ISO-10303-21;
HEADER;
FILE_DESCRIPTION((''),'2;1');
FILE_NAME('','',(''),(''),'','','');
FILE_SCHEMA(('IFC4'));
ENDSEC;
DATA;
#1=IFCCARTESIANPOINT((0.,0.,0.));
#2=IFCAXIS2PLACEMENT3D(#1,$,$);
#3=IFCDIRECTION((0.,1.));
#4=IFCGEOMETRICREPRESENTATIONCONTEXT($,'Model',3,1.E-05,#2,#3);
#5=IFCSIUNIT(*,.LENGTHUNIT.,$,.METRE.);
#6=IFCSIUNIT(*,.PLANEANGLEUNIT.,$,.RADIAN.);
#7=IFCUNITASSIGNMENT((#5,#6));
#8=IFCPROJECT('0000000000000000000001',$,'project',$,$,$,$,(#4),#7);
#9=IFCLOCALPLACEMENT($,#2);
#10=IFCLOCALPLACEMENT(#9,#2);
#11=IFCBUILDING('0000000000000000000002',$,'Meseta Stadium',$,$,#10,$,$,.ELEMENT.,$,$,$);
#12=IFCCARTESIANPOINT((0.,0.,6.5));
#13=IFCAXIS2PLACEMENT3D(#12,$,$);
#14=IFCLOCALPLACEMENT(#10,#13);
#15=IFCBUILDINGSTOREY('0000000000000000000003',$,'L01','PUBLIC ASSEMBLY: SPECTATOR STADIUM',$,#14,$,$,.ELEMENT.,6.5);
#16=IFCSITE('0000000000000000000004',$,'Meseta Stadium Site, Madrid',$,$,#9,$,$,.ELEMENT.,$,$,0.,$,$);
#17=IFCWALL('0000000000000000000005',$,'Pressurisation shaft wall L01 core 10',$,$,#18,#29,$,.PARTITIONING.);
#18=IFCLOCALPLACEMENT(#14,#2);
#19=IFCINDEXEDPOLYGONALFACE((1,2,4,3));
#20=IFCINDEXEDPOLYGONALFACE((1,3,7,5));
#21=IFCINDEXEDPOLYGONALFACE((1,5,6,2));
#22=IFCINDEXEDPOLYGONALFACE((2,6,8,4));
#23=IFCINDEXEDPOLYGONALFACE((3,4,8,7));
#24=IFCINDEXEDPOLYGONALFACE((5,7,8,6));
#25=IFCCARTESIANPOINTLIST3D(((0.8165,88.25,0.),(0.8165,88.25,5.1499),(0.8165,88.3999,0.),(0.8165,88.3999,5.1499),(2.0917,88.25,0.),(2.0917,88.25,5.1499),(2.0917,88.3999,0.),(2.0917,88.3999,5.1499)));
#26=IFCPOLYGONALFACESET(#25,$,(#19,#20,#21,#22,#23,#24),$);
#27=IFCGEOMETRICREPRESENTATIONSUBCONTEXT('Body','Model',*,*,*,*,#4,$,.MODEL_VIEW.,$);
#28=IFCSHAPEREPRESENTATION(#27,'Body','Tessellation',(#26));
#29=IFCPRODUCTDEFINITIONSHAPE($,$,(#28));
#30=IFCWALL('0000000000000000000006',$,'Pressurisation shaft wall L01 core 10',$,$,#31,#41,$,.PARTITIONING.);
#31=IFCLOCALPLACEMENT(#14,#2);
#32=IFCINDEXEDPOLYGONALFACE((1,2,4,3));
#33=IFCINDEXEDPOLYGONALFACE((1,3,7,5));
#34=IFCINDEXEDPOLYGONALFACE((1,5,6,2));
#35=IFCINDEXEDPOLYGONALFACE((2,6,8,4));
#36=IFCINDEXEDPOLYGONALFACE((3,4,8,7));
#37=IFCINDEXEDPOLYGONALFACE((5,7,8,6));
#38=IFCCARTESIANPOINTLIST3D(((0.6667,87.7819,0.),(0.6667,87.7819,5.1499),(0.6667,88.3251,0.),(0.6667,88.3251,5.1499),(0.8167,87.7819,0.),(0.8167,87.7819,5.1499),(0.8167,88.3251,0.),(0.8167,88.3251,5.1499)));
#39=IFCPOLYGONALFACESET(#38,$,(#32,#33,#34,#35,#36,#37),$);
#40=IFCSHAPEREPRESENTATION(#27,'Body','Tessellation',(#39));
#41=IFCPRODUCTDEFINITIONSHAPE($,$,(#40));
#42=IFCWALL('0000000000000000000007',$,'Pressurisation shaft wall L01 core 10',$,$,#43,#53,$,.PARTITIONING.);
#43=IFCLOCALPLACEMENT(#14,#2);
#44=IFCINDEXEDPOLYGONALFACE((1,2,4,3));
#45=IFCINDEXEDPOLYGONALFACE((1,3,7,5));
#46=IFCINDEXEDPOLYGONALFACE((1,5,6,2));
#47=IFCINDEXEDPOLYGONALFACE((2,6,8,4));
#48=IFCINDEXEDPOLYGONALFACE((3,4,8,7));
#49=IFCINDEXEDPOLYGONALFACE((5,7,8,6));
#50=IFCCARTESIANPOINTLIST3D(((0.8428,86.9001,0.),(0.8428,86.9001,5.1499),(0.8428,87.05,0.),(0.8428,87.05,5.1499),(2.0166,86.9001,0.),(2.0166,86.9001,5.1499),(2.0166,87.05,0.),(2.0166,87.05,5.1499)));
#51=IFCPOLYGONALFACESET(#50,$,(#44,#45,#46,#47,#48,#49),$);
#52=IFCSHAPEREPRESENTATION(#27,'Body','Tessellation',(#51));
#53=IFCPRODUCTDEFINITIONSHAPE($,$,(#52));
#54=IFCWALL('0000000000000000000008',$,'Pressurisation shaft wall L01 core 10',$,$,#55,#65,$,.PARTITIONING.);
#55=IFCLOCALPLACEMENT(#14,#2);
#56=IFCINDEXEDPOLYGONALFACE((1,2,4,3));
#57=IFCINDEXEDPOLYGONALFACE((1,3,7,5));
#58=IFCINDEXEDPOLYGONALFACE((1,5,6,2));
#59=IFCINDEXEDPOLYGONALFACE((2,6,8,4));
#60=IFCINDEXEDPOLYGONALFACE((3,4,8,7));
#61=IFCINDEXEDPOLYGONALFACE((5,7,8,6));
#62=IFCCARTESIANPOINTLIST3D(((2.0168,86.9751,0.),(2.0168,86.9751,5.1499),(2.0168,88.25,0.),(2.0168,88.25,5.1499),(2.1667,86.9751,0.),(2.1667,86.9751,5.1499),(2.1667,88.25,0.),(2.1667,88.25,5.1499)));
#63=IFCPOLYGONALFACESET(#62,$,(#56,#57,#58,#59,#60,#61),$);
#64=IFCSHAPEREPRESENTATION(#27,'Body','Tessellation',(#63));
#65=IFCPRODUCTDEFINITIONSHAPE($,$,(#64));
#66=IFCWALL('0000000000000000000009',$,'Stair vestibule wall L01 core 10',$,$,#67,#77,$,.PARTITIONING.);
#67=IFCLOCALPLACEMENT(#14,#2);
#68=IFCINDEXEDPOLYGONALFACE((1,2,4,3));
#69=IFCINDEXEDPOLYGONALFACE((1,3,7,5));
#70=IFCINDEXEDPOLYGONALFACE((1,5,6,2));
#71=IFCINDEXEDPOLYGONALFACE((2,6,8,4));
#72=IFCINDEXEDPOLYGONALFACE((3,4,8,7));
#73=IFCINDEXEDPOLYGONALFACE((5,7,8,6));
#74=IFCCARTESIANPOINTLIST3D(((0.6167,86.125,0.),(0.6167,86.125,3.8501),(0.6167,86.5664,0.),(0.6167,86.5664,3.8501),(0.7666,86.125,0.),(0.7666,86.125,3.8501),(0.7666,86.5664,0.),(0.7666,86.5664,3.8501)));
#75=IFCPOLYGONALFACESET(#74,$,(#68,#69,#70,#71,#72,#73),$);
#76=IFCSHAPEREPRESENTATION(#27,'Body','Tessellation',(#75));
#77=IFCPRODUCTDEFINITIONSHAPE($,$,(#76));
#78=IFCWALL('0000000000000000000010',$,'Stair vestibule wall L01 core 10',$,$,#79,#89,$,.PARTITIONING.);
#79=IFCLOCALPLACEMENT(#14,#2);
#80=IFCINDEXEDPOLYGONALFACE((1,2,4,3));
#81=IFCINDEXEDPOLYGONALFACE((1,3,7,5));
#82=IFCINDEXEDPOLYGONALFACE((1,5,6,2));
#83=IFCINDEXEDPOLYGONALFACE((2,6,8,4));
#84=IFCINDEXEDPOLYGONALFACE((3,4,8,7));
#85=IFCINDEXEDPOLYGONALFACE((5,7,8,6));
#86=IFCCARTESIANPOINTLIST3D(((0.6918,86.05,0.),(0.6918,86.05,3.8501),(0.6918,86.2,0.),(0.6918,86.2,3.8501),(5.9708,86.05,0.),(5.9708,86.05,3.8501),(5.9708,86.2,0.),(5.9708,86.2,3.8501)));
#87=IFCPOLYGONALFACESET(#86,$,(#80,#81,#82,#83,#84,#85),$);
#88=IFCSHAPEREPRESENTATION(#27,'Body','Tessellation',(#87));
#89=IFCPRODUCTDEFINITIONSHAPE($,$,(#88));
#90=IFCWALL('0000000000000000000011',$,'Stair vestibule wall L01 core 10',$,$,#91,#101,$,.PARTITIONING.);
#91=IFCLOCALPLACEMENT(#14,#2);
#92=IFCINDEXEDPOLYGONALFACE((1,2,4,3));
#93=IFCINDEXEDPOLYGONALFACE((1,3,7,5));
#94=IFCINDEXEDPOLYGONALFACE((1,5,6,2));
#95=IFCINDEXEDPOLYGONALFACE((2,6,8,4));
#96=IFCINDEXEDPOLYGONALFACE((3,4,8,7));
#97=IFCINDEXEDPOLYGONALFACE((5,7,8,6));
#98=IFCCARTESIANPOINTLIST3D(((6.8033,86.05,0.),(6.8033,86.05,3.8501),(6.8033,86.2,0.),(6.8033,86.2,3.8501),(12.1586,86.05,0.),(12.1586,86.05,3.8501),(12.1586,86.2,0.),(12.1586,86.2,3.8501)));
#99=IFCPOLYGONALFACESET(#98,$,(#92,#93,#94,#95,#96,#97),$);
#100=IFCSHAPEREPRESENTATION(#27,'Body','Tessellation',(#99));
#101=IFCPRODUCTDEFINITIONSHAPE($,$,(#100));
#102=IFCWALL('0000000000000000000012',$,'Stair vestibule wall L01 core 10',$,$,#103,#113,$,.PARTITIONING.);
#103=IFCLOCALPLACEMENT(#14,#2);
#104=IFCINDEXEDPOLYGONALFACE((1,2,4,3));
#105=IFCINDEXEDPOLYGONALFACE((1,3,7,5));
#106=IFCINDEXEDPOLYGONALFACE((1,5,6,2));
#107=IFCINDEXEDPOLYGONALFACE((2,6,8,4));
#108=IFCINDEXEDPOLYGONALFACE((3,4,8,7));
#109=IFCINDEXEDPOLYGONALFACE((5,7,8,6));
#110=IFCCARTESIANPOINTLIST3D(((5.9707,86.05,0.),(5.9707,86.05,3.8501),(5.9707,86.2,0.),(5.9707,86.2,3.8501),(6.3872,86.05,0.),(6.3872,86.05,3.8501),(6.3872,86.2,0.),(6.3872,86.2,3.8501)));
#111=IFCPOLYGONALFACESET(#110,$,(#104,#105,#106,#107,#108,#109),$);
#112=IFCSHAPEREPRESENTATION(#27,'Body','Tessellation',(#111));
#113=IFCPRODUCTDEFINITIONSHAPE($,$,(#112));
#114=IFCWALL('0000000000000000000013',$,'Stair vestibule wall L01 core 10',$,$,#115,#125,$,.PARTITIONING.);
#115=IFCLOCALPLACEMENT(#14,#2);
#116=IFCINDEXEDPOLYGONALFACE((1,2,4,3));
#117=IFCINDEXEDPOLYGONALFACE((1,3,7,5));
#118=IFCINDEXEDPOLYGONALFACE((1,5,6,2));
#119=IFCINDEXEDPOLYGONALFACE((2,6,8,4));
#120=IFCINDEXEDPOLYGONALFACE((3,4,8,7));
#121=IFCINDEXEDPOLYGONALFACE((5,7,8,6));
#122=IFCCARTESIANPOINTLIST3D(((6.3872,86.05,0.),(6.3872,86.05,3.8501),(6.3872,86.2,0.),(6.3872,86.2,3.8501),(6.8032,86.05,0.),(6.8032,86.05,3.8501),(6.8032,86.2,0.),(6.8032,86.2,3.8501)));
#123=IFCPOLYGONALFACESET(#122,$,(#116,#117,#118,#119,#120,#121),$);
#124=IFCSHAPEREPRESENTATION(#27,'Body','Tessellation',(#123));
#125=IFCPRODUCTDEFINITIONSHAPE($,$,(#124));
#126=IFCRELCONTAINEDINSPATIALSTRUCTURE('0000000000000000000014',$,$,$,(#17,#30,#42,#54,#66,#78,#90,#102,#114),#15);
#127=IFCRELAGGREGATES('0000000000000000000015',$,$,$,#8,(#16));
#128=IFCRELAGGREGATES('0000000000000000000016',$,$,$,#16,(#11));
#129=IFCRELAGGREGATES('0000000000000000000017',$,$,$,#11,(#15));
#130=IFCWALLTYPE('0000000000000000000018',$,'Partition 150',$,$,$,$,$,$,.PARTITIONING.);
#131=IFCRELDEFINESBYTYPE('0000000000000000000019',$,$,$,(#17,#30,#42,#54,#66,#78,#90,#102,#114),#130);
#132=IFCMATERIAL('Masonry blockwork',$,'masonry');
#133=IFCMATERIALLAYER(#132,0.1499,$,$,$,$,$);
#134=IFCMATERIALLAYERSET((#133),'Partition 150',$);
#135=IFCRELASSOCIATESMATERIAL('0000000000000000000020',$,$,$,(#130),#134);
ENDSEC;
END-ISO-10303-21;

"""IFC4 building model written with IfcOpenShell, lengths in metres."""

from ifc_helpers import new_model, si_unit, direction, frame, frame_2d, origin, place, context, subcontext, project, spatial, rectangle, extrude, material, layer, layer_set, type_object, element, save


model = new_model("IFC4")

# Units and contexts
model_context = context("Model", 3, precision=1e-05, world=origin(), true_north=direction((0.0, 1.0)))
body_context = subcontext(model_context, "Body", "Model", "MODEL_VIEW")
ifc_project = project(units=[si_unit("LENGTHUNIT", "METRE"), si_unit("PLANEANGLEUNIT", "RADIAN")], contexts=[model_context])

# Site, building, storey
site_placement = place(None, origin())
site = spatial("IfcSite", under=ifc_project, at=site_placement, Name="Meseta Stadium Site, Madrid", CompositionType="ELEMENT", RefElevation=0.0)
building_placement = place(site_placement, origin())
building = spatial("IfcBuilding", under=site, at=building_placement, Name="Meseta Stadium", CompositionType="ELEMENT")
storey_placement = place(building_placement, frame((0.0, 0.0, 6.5)))
storey = spatial("IfcBuildingStorey", under=building, at=storey_placement, Name="L01", Description="PUBLIC ASSEMBLY: SPECTATOR STADIUM", CompositionType="ELEMENT", Elevation=6.5)

# Walls
ifc_material_1 = material(Name="Masonry blockwork", Category="masonry")
ifc_layer_1 = layer(ifc_material_1, 0.1499)
ifc_layer_set_1 = layer_set([ifc_layer_1], Name="Partition 150")
wall_type = type_object("IfcWallType", Name="Partition 150", PredefinedType="PARTITIONING", material=ifc_layer_set_1)
wall_1_placement = place(storey_placement, frame((2.0918, 88.325, 0.0), z_axis=(0.0, 0.0, 1.0), x_axis=(-1.0, 0.0, 0.0)))
element("IfcWall", 1, at=wall_1_placement, inside=storey, type_object=wall_type, Name="Pressurisation shaft wall L01 core 10", PredefinedType="PARTITIONING", context=body_context, shape_type="SweptSolid", body=[
    extrude(rectangle(XDim=1.2751, YDim=0.1499, at=frame_2d((0.6377, 0.0))), origin(), (0.0, 0.0, 1.0), 5.1499),
])
wall_2_placement = place(storey_placement, frame((0.7417, 88.325, 0.0), z_axis=(0.0, 0.0, 1.0), x_axis=(0.0, -1.0, 0.0)))
element("IfcWall", 2, at=wall_2_placement, inside=storey, type_object=wall_type, Name="Pressurisation shaft wall L01 core 10", PredefinedType="PARTITIONING", context=body_context, shape_type="SweptSolid", body=[
    extrude(rectangle(XDim=0.5432, YDim=0.1499, at=frame_2d((0.2715, 0.0))), origin(), (0.0, 0.0, 1.0), 5.1499),
])
wall_3_placement = place(storey_placement, frame((0.8428, 86.9751, 0.0), z_axis=(0.0, 0.0, 1.0), x_axis=(1.0, 0.0, 0.0)))
element("IfcWall", 3, at=wall_3_placement, inside=storey, type_object=wall_type, Name="Pressurisation shaft wall L01 core 10", PredefinedType="PARTITIONING", context=body_context, shape_type="SweptSolid", body=[
    extrude(rectangle(XDim=1.1738, YDim=0.1499, at=frame_2d((0.5869, 0.0))), origin(), (0.0, 0.0, 1.0), 5.1499),
])
wall_4_placement = place(storey_placement, frame((2.0918, 86.9751, 0.0), z_axis=(0.0, 0.0, 1.0), x_axis=(0.0, 1.0, 0.0)))
element("IfcWall", 4, at=wall_4_placement, inside=storey, type_object=wall_type, Name="Pressurisation shaft wall L01 core 10", PredefinedType="PARTITIONING", context=body_context, shape_type="SweptSolid", body=[
    extrude(rectangle(XDim=1.2749, YDim=0.1499, at=frame_2d((0.6375, 0.0))), origin(), (0.0, 0.0, 1.0), 5.1499),
])
wall_5_placement = place(storey_placement, frame((0.6917, 86.5664, 0.0), z_axis=(0.0, 0.0, 1.0), x_axis=(0.0, -1.0, 0.0)))
element("IfcWall", 5, at=wall_5_placement, inside=storey, type_object=wall_type, Name="Stair vestibule wall L01 core 10", PredefinedType="PARTITIONING", context=body_context, shape_type="SweptSolid", body=[
    extrude(rectangle(XDim=0.4414, YDim=0.1499, at=frame_2d((0.2207, 0.0))), origin(), (0.0, 0.0, 1.0), 3.8501),
])
wall_6_placement = place(storey_placement, frame((0.6917, 86.125, 0.0), z_axis=(0.0, 0.0, 1.0), x_axis=(1.0, 0.0, 0.0)))
element("IfcWall", 6, at=wall_6_placement, inside=storey, type_object=wall_type, Name="Stair vestibule wall L01 core 10", PredefinedType="PARTITIONING", context=body_context, shape_type="SweptSolid", body=[
    extrude(rectangle(XDim=5.2791, YDim=0.1499, at=frame_2d((2.6396, 0.0))), origin(), (0.0, 0.0, 1.0), 3.8501),
])
wall_7_placement = place(storey_placement, frame((6.8032, 86.125, 0.0), z_axis=(0.0, 0.0, 1.0), x_axis=(1.0, 0.0, 0.0)))
element("IfcWall", 7, at=wall_7_placement, inside=storey, type_object=wall_type, Name="Stair vestibule wall L01 core 10", PredefinedType="PARTITIONING", context=body_context, shape_type="SweptSolid", body=[
    extrude(rectangle(XDim=5.3552, YDim=0.1499, at=frame_2d((2.6777, 0.0))), origin(), (0.0, 0.0, 1.0), 3.8501),
])
wall_8_placement = place(storey_placement, frame((5.9707, 86.125, 0.0), z_axis=(0.0, 0.0, 1.0), x_axis=(1.0, 0.0, 0.0)))
element("IfcWall", 8, at=wall_8_placement, inside=storey, type_object=wall_type, Name="Stair vestibule wall L01 core 10", PredefinedType="PARTITIONING", context=body_context, shape_type="SweptSolid", body=[
    extrude(rectangle(XDim=0.4165, YDim=0.1499, at=frame_2d((0.2083, 0.0))), origin(), (0.0, 0.0, 1.0), 3.8501),
])
wall_9_placement = place(storey_placement, frame((6.3872, 86.125, 0.0), z_axis=(0.0, 0.0, 1.0), x_axis=(1.0, 0.0, 0.0)))
element("IfcWall", 9, at=wall_9_placement, inside=storey, type_object=wall_type, Name="Stair vestibule wall L01 core 10", PredefinedType="PARTITIONING", context=body_context, shape_type="SweptSolid", body=[
    extrude(rectangle(XDim=0.416, YDim=0.1499, at=frame_2d((0.208, 0.0))), origin(), (0.0, 0.0, 1.0), 3.8501),
])

save(model, "model.ifc")
